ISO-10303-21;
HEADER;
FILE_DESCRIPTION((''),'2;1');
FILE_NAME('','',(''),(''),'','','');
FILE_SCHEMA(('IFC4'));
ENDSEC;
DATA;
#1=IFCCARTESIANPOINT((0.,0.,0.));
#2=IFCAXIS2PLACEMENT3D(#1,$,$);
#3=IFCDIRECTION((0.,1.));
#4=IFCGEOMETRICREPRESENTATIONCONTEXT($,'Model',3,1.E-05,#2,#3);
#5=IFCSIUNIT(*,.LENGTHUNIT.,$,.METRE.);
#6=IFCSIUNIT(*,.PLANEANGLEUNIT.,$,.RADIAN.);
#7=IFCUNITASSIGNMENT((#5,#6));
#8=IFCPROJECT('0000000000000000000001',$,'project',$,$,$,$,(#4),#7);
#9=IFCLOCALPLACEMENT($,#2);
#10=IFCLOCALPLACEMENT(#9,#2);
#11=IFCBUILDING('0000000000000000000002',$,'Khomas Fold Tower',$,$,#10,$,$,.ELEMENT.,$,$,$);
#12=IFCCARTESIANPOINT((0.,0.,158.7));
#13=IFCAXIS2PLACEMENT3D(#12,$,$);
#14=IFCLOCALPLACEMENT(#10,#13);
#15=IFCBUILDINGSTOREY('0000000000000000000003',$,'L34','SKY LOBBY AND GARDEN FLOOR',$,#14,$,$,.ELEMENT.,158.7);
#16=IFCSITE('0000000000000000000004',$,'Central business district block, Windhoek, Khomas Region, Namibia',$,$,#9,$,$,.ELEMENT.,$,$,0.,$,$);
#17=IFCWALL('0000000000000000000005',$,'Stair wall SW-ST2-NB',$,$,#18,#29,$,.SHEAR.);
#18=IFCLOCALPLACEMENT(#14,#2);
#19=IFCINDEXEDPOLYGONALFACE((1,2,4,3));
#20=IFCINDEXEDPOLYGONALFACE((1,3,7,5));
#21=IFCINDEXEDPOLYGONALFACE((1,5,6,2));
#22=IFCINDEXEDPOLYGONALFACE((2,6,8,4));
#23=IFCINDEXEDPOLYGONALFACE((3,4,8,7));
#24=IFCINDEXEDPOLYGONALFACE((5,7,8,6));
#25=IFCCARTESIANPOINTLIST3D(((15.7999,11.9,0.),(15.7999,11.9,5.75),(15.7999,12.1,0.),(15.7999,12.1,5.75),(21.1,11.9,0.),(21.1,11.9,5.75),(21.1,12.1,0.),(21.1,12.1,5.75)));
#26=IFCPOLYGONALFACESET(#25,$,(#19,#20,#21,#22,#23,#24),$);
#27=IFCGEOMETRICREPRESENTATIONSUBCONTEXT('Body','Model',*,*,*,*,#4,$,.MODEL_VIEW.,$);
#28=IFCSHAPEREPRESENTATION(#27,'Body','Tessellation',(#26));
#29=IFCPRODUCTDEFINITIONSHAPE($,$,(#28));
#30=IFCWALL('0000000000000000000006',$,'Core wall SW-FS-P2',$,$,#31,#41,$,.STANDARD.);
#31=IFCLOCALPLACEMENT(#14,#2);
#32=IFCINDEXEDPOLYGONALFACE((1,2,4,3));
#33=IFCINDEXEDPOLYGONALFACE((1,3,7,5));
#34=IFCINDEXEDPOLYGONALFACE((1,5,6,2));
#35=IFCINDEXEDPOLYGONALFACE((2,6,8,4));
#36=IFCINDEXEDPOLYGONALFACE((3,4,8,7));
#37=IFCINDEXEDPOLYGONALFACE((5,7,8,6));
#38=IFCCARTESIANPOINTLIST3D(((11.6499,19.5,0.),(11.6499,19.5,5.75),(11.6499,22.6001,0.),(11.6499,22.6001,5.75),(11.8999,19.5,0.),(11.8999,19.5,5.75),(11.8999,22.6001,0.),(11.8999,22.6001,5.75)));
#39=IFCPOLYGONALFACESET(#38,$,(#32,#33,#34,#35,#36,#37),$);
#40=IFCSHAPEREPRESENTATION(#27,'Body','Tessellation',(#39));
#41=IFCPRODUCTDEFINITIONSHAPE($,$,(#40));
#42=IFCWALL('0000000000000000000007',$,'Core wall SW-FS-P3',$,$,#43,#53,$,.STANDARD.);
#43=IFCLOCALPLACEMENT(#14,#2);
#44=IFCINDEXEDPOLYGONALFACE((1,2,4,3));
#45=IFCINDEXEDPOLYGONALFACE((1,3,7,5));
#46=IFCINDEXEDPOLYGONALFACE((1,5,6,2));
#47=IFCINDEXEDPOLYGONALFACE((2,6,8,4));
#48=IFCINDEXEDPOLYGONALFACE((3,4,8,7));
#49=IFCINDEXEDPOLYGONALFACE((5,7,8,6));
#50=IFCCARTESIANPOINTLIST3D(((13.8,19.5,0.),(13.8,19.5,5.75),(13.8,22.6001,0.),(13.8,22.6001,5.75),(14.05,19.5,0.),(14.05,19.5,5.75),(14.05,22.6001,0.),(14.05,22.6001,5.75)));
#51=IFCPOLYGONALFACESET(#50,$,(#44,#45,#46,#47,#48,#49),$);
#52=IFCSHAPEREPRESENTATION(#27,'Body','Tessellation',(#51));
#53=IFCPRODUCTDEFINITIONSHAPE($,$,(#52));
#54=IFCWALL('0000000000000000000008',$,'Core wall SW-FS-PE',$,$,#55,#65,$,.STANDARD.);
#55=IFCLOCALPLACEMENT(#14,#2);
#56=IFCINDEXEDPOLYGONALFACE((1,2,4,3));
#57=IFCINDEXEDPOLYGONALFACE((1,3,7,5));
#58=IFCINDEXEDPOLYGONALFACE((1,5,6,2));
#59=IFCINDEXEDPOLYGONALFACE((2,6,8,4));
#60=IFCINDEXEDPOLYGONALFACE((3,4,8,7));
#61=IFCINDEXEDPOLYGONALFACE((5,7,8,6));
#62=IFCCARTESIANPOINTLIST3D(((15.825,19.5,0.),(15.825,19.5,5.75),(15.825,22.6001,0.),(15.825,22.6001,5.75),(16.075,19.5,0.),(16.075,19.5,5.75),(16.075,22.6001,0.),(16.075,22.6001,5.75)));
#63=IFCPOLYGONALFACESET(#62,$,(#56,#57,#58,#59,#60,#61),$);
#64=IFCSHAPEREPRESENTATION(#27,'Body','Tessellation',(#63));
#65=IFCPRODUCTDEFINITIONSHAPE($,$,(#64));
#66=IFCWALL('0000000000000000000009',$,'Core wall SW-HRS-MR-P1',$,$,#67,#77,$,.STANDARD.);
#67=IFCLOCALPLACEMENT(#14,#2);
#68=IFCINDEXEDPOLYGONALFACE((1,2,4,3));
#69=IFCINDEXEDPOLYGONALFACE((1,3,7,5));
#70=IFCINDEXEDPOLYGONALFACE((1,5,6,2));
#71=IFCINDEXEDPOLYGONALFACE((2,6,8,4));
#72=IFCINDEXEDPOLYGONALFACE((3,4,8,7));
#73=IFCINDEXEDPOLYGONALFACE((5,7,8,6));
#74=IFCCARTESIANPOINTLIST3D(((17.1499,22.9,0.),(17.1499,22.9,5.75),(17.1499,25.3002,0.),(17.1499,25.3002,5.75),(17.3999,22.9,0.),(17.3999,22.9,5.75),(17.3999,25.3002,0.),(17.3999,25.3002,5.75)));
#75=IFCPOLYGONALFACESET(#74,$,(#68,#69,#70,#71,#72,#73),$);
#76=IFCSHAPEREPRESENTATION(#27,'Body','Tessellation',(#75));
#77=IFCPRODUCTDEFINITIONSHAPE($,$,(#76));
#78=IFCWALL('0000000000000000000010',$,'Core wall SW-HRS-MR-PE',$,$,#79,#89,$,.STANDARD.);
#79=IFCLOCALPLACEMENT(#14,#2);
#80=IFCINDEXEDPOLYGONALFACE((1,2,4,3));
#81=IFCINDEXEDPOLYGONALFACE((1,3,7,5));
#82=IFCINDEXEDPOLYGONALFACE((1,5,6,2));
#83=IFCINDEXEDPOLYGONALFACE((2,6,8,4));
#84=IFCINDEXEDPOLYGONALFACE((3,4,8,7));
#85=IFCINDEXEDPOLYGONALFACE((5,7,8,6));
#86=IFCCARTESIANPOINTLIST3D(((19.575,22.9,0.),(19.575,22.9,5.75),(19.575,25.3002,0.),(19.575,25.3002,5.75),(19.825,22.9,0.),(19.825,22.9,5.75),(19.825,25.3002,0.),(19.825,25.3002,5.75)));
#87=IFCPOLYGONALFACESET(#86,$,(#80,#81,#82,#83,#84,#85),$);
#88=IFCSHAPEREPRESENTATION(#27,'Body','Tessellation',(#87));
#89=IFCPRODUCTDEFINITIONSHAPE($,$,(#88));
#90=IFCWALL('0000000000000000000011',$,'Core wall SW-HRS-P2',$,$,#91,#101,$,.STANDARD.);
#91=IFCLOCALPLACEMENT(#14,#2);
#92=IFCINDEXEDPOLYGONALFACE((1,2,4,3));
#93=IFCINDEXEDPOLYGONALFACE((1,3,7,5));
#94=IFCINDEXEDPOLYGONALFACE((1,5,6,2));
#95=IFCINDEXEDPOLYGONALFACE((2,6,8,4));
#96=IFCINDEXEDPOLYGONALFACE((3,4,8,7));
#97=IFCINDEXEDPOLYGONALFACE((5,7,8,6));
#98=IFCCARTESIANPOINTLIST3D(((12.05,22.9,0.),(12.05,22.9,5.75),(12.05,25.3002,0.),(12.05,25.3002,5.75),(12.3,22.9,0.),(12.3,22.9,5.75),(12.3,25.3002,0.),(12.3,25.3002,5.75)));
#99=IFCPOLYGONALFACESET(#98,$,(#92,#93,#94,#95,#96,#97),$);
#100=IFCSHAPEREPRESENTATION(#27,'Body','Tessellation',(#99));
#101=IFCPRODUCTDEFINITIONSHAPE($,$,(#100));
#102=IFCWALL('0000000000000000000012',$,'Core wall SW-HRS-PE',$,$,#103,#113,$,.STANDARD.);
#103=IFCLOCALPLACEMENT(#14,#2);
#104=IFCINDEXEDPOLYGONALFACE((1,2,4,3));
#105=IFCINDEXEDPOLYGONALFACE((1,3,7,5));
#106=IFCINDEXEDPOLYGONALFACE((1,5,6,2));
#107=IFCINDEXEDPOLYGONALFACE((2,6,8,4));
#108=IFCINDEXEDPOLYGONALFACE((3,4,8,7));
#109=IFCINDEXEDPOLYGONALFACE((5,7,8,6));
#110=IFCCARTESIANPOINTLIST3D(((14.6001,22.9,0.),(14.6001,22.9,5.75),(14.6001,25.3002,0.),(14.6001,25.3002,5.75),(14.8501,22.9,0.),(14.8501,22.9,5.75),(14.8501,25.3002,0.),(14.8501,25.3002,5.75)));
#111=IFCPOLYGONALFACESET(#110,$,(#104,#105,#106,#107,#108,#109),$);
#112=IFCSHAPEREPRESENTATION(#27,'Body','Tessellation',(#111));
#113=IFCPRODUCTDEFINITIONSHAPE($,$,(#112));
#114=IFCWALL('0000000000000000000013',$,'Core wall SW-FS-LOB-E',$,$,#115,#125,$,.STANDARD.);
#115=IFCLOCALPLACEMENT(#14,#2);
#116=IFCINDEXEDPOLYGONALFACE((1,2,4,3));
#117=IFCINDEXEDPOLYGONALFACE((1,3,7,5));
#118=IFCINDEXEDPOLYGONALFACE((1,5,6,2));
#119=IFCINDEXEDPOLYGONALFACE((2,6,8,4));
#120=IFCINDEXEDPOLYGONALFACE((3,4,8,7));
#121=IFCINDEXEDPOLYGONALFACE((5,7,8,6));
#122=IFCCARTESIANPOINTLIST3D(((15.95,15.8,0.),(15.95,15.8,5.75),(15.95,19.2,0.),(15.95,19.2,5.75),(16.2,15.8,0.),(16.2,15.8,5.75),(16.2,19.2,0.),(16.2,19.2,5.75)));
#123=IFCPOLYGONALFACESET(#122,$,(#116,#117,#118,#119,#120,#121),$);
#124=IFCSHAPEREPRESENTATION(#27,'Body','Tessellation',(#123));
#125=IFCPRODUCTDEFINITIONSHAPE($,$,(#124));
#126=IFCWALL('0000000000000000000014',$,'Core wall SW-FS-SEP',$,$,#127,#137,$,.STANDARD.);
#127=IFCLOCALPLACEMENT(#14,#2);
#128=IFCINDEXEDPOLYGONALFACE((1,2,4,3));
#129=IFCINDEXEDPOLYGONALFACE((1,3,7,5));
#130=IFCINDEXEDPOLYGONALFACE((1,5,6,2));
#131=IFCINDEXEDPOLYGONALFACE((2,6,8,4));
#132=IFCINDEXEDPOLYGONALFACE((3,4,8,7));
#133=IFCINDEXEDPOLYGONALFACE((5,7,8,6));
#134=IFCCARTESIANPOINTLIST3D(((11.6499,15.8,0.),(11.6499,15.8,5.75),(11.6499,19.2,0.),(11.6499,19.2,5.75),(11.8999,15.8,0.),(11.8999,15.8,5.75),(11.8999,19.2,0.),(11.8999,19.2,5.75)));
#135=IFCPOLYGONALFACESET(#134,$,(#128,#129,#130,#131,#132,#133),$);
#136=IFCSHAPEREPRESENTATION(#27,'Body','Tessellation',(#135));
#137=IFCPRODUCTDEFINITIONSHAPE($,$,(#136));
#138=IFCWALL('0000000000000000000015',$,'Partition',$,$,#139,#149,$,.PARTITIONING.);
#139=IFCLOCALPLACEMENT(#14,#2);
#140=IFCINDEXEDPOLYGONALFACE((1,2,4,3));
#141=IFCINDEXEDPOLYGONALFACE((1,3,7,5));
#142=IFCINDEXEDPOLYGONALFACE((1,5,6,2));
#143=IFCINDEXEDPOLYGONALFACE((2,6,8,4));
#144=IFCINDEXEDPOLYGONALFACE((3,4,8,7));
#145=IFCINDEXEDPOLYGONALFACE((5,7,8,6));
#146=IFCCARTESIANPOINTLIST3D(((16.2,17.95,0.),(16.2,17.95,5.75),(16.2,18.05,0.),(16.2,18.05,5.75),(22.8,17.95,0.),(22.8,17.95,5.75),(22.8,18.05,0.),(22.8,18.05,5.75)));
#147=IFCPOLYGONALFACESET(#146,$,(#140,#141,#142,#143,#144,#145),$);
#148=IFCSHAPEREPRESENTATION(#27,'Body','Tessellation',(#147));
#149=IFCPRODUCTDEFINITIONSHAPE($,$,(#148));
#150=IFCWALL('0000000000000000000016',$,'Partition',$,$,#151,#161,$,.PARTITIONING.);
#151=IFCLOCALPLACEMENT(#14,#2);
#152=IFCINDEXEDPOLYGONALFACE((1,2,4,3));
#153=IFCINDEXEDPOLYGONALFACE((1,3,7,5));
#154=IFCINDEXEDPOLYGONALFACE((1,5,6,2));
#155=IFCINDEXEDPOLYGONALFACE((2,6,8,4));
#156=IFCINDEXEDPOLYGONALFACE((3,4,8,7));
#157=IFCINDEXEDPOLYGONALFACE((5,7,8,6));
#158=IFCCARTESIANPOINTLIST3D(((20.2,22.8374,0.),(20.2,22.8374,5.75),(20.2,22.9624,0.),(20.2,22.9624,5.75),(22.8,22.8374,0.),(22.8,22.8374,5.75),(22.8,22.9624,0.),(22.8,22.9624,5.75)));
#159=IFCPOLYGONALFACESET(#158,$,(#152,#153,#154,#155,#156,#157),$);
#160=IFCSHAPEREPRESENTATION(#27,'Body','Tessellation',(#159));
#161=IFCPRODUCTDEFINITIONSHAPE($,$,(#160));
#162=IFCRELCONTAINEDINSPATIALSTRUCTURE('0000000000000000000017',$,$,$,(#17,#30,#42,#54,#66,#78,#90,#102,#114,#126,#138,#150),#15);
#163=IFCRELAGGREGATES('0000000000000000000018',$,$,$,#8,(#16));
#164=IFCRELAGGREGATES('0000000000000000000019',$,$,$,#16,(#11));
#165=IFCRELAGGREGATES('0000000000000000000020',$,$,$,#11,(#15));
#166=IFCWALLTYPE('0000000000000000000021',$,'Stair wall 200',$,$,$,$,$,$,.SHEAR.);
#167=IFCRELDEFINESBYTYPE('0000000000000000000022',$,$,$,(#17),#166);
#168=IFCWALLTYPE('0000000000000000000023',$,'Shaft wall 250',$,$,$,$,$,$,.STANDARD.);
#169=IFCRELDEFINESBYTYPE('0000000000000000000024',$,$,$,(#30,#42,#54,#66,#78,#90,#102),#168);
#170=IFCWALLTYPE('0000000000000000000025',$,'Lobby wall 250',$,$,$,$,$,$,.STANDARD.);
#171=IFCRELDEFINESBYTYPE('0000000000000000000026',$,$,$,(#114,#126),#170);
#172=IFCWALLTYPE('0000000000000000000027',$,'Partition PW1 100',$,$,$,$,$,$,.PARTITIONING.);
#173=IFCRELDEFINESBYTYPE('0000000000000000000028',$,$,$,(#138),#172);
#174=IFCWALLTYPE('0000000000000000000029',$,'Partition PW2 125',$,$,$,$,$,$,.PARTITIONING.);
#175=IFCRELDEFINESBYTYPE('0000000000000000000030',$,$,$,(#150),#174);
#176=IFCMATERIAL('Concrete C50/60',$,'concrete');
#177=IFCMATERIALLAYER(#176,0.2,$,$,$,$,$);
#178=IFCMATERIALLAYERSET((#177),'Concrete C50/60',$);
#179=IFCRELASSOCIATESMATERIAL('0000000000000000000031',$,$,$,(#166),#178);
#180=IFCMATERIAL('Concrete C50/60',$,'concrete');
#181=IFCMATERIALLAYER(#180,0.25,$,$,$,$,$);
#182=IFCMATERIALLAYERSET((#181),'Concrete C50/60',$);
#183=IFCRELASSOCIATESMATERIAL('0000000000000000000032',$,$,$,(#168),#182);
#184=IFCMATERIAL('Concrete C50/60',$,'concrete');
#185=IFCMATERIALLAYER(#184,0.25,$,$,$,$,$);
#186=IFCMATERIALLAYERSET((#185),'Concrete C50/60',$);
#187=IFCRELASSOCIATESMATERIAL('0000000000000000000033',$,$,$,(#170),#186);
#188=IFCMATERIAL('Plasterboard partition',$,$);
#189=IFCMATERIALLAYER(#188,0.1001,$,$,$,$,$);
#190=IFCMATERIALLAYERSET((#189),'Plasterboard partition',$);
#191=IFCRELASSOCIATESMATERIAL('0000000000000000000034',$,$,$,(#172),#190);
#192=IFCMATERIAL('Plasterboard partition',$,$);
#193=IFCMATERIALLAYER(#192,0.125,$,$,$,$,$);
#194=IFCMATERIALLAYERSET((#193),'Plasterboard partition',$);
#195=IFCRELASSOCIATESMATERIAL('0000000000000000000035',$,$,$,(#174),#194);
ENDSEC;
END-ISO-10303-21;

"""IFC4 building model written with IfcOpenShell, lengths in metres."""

from ifc_helpers import new_model, si_unit, direction, frame, frame_2d, origin, place, context, subcontext, project, spatial, rectangle, extrude, source, transform, mapped, material, layer, layer_set, type_object, element, save


model = new_model("IFC4")

# Units and contexts
model_context = context("Model", 3, precision=1e-05, world=origin(), true_north=direction((0.0, 1.0)))
body_context = subcontext(model_context, "Body", "Model", "MODEL_VIEW")
ifc_project = project(units=[si_unit("LENGTHUNIT", "METRE"), si_unit("PLANEANGLEUNIT", "RADIAN")], contexts=[model_context])

# Site, building, storey
site_placement = place(None, origin())
site = spatial("IfcSite", under=ifc_project, at=site_placement, Name="Central business district block, Windhoek, Khomas Region, Namibia", CompositionType="ELEMENT", RefElevation=0.0)
building_placement = place(site_placement, origin())
building = spatial("IfcBuilding", under=site, at=building_placement, Name="Khomas Fold Tower", CompositionType="ELEMENT")
storey_placement = place(building_placement, frame((0.0, 0.0, 158.7)))
storey = spatial("IfcBuildingStorey", under=building, at=storey_placement, Name="L34", Description="SKY LOBBY AND GARDEN FLOOR", CompositionType="ELEMENT", Elevation=158.7)

# Walls
ifc_material_1 = material(Name="Concrete C50/60", Category="concrete")
ifc_layer_1 = layer(ifc_material_1, 0.2)
ifc_layer_set_1 = layer_set([ifc_layer_1], Name="Concrete C50/60")
wall_type_1 = type_object("IfcWallType", Name="Stair wall 200", PredefinedType="SHEAR", material=ifc_layer_set_1)
shared_shape_1 = source(origin(), body_context, "Body", "SweptSolid", [
    extrude(rectangle(XDim=5.3, YDim=0.2, at=frame_2d((2.6499, 0.0))), origin(), (0.0, 0.0, 1.0), 5.75),
])
wall_1_placement = place(storey_placement, frame((15.8, 12.0, 0.0), z_axis=(0.0, 0.0, 1.0), x_axis=(1.0, 0.0, 0.0)))
element("IfcWall", 1, at=wall_1_placement, inside=storey, type_object=wall_type_1, Name="Stair wall SW-ST2-NB", PredefinedType="SHEAR", context=body_context, shape_type="MappedRepresentation", body=[
    mapped(shared_shape_1, transform((0.0, 0.0, 0.0))),
])
ifc_material_2 = material(Name="Concrete C50/60", Category="concrete")
ifc_layer_2 = layer(ifc_material_2, 0.25)
ifc_layer_set_2 = layer_set([ifc_layer_2], Name="Concrete C50/60")
wall_type_2 = type_object("IfcWallType", Name="Shaft wall 250", PredefinedType="STANDARD", material=ifc_layer_set_2)
shared_shape_2 = source(origin(), body_context, "Body", "SweptSolid", [
    extrude(rectangle(XDim=3.1001, YDim=0.25, at=frame_2d((1.55, 0.0))), origin(), (0.0, 0.0, 1.0), 5.75),
])
for number, where, z_axis, x_axis, name in (
    (2, (11.7749, 19.5, 0.0), (0.0, 0.0, 1.0), (0.0, 1.0, 0.0), "Core wall SW-FS-P2"),
    (3, (13.925, 19.5, 0.0), (0.0, 0.0, 1.0), (0.0, 1.0, 0.0), "Core wall SW-FS-P3"),
    (4, (15.95, 19.5, 0.0), (0.0, 0.0, 1.0), (0.0, 1.0, 0.0), "Core wall SW-FS-PE"),
):
    element("IfcWall", number, at=place(storey_placement, frame(where, z_axis=z_axis, x_axis=x_axis)), inside=storey, type_object=wall_type_2, Name=name, PredefinedType="STANDARD", context=body_context, shape_type="MappedRepresentation", body=[
        mapped(shared_shape_2, transform((0.0, 0.0, 0.0))),
    ])
shared_shape_3 = source(origin(), body_context, "Body", "SweptSolid", [
    extrude(rectangle(XDim=2.4001, YDim=0.25, at=frame_2d((1.2002, 0.0))), origin(), (0.0, 0.0, 1.0), 5.75),
])
for number, where, z_axis, x_axis, name in (
    (5, (17.2749, 22.8999, 0.0), (0.0, 0.0, 1.0), (0.0, 1.0, 0.0), "Core wall SW-HRS-MR-P1"),
    (6, (19.7, 22.8999, 0.0), (0.0, 0.0, 1.0), (0.0, 1.0, 0.0), "Core wall SW-HRS-MR-PE"),
    (7, (12.175, 22.8999, 0.0), (0.0, 0.0, 1.0), (0.0, 1.0, 0.0), "Core wall SW-HRS-P2"),
    (8, (14.7251, 22.8999, 0.0), (0.0, 0.0, 1.0), (0.0, 1.0, 0.0), "Core wall SW-HRS-PE"),
):
    element("IfcWall", number, at=place(storey_placement, frame(where, z_axis=z_axis, x_axis=x_axis)), inside=storey, type_object=wall_type_2, Name=name, PredefinedType="STANDARD", context=body_context, shape_type="MappedRepresentation", body=[
        mapped(shared_shape_3, transform((0.0, 0.0, 0.0))),
    ])
ifc_material_3 = material(Name="Concrete C50/60", Category="concrete")
ifc_layer_3 = layer(ifc_material_3, 0.25)
ifc_layer_set_3 = layer_set([ifc_layer_3], Name="Concrete C50/60")
wall_type_3 = type_object("IfcWallType", Name="Lobby wall 250", PredefinedType="STANDARD", material=ifc_layer_set_3)
shared_shape_4 = source(origin(), body_context, "Body", "SweptSolid", [
    extrude(rectangle(XDim=3.3999, YDim=0.25, at=frame_2d((1.7, 0.0))), origin(), (0.0, 0.0, 1.0), 5.75),
])
for number, where, z_axis, x_axis, name in (
    (9, (16.075, 15.8, 0.0), (0.0, 0.0, 1.0), (0.0, 1.0, 0.0), "Core wall SW-FS-LOB-E"),
    (10, (11.7749, 15.8, 0.0), (0.0, 0.0, 1.0), (0.0, 1.0, 0.0), "Core wall SW-FS-SEP"),
):
    element("IfcWall", number, at=place(storey_placement, frame(where, z_axis=z_axis, x_axis=x_axis)), inside=storey, type_object=wall_type_3, Name=name, PredefinedType="STANDARD", context=body_context, shape_type="MappedRepresentation", body=[
        mapped(shared_shape_4, transform((0.0, 0.0, 0.0))),
    ])
ifc_material_4 = material(Name="Plasterboard partition")
ifc_layer_4 = layer(ifc_material_4, 0.1001)
ifc_layer_set_4 = layer_set([ifc_layer_4], Name="Plasterboard partition")
wall_type_4 = type_object("IfcWallType", Name="Partition PW1 100", PredefinedType="PARTITIONING", material=ifc_layer_set_4)
shared_shape_5 = source(origin(), body_context, "Body", "SweptSolid", [
    extrude(rectangle(XDim=6.6001, YDim=0.1001, at=frame_2d((3.3, 0.0))), origin(), (0.0, 0.0, 1.0), 5.75),
])
wall_2_placement = place(storey_placement, frame((16.2, 18.0, 0.0), z_axis=(0.0, 0.0, 1.0), x_axis=(1.0, 0.0, 0.0)))
element("IfcWall", 11, at=wall_2_placement, inside=storey, type_object=wall_type_4, Name="Partition", PredefinedType="PARTITIONING", context=body_context, shape_type="MappedRepresentation", body=[
    mapped(shared_shape_5, transform((0.0, 0.0, 0.0))),
])
ifc_material_5 = material(Name="Plasterboard partition")
ifc_layer_5 = layer(ifc_material_5, 0.125)
ifc_layer_set_5 = layer_set([ifc_layer_5], Name="Plasterboard partition")
wall_type_5 = type_object("IfcWallType", Name="Partition PW2 125", PredefinedType="PARTITIONING", material=ifc_layer_set_5)
shared_shape_6 = source(origin(), body_context, "Body", "SweptSolid", [
    extrude(rectangle(XDim=2.6001, YDim=0.125, at=frame_2d((1.3, 0.0))), origin(), (0.0, 0.0, 1.0), 5.75),
])
wall_3_placement = place(storey_placement, frame((20.2, 22.8999, 0.0), z_axis=(0.0, 0.0, 1.0), x_axis=(1.0, 0.0, 0.0)))
element("IfcWall", 12, at=wall_3_placement, inside=storey, type_object=wall_type_5, Name="Partition", PredefinedType="PARTITIONING", context=body_context, shape_type="MappedRepresentation", body=[
    mapped(shared_shape_6, transform((0.0, 0.0, 0.0))),
])

save(model, "model.ifc")
